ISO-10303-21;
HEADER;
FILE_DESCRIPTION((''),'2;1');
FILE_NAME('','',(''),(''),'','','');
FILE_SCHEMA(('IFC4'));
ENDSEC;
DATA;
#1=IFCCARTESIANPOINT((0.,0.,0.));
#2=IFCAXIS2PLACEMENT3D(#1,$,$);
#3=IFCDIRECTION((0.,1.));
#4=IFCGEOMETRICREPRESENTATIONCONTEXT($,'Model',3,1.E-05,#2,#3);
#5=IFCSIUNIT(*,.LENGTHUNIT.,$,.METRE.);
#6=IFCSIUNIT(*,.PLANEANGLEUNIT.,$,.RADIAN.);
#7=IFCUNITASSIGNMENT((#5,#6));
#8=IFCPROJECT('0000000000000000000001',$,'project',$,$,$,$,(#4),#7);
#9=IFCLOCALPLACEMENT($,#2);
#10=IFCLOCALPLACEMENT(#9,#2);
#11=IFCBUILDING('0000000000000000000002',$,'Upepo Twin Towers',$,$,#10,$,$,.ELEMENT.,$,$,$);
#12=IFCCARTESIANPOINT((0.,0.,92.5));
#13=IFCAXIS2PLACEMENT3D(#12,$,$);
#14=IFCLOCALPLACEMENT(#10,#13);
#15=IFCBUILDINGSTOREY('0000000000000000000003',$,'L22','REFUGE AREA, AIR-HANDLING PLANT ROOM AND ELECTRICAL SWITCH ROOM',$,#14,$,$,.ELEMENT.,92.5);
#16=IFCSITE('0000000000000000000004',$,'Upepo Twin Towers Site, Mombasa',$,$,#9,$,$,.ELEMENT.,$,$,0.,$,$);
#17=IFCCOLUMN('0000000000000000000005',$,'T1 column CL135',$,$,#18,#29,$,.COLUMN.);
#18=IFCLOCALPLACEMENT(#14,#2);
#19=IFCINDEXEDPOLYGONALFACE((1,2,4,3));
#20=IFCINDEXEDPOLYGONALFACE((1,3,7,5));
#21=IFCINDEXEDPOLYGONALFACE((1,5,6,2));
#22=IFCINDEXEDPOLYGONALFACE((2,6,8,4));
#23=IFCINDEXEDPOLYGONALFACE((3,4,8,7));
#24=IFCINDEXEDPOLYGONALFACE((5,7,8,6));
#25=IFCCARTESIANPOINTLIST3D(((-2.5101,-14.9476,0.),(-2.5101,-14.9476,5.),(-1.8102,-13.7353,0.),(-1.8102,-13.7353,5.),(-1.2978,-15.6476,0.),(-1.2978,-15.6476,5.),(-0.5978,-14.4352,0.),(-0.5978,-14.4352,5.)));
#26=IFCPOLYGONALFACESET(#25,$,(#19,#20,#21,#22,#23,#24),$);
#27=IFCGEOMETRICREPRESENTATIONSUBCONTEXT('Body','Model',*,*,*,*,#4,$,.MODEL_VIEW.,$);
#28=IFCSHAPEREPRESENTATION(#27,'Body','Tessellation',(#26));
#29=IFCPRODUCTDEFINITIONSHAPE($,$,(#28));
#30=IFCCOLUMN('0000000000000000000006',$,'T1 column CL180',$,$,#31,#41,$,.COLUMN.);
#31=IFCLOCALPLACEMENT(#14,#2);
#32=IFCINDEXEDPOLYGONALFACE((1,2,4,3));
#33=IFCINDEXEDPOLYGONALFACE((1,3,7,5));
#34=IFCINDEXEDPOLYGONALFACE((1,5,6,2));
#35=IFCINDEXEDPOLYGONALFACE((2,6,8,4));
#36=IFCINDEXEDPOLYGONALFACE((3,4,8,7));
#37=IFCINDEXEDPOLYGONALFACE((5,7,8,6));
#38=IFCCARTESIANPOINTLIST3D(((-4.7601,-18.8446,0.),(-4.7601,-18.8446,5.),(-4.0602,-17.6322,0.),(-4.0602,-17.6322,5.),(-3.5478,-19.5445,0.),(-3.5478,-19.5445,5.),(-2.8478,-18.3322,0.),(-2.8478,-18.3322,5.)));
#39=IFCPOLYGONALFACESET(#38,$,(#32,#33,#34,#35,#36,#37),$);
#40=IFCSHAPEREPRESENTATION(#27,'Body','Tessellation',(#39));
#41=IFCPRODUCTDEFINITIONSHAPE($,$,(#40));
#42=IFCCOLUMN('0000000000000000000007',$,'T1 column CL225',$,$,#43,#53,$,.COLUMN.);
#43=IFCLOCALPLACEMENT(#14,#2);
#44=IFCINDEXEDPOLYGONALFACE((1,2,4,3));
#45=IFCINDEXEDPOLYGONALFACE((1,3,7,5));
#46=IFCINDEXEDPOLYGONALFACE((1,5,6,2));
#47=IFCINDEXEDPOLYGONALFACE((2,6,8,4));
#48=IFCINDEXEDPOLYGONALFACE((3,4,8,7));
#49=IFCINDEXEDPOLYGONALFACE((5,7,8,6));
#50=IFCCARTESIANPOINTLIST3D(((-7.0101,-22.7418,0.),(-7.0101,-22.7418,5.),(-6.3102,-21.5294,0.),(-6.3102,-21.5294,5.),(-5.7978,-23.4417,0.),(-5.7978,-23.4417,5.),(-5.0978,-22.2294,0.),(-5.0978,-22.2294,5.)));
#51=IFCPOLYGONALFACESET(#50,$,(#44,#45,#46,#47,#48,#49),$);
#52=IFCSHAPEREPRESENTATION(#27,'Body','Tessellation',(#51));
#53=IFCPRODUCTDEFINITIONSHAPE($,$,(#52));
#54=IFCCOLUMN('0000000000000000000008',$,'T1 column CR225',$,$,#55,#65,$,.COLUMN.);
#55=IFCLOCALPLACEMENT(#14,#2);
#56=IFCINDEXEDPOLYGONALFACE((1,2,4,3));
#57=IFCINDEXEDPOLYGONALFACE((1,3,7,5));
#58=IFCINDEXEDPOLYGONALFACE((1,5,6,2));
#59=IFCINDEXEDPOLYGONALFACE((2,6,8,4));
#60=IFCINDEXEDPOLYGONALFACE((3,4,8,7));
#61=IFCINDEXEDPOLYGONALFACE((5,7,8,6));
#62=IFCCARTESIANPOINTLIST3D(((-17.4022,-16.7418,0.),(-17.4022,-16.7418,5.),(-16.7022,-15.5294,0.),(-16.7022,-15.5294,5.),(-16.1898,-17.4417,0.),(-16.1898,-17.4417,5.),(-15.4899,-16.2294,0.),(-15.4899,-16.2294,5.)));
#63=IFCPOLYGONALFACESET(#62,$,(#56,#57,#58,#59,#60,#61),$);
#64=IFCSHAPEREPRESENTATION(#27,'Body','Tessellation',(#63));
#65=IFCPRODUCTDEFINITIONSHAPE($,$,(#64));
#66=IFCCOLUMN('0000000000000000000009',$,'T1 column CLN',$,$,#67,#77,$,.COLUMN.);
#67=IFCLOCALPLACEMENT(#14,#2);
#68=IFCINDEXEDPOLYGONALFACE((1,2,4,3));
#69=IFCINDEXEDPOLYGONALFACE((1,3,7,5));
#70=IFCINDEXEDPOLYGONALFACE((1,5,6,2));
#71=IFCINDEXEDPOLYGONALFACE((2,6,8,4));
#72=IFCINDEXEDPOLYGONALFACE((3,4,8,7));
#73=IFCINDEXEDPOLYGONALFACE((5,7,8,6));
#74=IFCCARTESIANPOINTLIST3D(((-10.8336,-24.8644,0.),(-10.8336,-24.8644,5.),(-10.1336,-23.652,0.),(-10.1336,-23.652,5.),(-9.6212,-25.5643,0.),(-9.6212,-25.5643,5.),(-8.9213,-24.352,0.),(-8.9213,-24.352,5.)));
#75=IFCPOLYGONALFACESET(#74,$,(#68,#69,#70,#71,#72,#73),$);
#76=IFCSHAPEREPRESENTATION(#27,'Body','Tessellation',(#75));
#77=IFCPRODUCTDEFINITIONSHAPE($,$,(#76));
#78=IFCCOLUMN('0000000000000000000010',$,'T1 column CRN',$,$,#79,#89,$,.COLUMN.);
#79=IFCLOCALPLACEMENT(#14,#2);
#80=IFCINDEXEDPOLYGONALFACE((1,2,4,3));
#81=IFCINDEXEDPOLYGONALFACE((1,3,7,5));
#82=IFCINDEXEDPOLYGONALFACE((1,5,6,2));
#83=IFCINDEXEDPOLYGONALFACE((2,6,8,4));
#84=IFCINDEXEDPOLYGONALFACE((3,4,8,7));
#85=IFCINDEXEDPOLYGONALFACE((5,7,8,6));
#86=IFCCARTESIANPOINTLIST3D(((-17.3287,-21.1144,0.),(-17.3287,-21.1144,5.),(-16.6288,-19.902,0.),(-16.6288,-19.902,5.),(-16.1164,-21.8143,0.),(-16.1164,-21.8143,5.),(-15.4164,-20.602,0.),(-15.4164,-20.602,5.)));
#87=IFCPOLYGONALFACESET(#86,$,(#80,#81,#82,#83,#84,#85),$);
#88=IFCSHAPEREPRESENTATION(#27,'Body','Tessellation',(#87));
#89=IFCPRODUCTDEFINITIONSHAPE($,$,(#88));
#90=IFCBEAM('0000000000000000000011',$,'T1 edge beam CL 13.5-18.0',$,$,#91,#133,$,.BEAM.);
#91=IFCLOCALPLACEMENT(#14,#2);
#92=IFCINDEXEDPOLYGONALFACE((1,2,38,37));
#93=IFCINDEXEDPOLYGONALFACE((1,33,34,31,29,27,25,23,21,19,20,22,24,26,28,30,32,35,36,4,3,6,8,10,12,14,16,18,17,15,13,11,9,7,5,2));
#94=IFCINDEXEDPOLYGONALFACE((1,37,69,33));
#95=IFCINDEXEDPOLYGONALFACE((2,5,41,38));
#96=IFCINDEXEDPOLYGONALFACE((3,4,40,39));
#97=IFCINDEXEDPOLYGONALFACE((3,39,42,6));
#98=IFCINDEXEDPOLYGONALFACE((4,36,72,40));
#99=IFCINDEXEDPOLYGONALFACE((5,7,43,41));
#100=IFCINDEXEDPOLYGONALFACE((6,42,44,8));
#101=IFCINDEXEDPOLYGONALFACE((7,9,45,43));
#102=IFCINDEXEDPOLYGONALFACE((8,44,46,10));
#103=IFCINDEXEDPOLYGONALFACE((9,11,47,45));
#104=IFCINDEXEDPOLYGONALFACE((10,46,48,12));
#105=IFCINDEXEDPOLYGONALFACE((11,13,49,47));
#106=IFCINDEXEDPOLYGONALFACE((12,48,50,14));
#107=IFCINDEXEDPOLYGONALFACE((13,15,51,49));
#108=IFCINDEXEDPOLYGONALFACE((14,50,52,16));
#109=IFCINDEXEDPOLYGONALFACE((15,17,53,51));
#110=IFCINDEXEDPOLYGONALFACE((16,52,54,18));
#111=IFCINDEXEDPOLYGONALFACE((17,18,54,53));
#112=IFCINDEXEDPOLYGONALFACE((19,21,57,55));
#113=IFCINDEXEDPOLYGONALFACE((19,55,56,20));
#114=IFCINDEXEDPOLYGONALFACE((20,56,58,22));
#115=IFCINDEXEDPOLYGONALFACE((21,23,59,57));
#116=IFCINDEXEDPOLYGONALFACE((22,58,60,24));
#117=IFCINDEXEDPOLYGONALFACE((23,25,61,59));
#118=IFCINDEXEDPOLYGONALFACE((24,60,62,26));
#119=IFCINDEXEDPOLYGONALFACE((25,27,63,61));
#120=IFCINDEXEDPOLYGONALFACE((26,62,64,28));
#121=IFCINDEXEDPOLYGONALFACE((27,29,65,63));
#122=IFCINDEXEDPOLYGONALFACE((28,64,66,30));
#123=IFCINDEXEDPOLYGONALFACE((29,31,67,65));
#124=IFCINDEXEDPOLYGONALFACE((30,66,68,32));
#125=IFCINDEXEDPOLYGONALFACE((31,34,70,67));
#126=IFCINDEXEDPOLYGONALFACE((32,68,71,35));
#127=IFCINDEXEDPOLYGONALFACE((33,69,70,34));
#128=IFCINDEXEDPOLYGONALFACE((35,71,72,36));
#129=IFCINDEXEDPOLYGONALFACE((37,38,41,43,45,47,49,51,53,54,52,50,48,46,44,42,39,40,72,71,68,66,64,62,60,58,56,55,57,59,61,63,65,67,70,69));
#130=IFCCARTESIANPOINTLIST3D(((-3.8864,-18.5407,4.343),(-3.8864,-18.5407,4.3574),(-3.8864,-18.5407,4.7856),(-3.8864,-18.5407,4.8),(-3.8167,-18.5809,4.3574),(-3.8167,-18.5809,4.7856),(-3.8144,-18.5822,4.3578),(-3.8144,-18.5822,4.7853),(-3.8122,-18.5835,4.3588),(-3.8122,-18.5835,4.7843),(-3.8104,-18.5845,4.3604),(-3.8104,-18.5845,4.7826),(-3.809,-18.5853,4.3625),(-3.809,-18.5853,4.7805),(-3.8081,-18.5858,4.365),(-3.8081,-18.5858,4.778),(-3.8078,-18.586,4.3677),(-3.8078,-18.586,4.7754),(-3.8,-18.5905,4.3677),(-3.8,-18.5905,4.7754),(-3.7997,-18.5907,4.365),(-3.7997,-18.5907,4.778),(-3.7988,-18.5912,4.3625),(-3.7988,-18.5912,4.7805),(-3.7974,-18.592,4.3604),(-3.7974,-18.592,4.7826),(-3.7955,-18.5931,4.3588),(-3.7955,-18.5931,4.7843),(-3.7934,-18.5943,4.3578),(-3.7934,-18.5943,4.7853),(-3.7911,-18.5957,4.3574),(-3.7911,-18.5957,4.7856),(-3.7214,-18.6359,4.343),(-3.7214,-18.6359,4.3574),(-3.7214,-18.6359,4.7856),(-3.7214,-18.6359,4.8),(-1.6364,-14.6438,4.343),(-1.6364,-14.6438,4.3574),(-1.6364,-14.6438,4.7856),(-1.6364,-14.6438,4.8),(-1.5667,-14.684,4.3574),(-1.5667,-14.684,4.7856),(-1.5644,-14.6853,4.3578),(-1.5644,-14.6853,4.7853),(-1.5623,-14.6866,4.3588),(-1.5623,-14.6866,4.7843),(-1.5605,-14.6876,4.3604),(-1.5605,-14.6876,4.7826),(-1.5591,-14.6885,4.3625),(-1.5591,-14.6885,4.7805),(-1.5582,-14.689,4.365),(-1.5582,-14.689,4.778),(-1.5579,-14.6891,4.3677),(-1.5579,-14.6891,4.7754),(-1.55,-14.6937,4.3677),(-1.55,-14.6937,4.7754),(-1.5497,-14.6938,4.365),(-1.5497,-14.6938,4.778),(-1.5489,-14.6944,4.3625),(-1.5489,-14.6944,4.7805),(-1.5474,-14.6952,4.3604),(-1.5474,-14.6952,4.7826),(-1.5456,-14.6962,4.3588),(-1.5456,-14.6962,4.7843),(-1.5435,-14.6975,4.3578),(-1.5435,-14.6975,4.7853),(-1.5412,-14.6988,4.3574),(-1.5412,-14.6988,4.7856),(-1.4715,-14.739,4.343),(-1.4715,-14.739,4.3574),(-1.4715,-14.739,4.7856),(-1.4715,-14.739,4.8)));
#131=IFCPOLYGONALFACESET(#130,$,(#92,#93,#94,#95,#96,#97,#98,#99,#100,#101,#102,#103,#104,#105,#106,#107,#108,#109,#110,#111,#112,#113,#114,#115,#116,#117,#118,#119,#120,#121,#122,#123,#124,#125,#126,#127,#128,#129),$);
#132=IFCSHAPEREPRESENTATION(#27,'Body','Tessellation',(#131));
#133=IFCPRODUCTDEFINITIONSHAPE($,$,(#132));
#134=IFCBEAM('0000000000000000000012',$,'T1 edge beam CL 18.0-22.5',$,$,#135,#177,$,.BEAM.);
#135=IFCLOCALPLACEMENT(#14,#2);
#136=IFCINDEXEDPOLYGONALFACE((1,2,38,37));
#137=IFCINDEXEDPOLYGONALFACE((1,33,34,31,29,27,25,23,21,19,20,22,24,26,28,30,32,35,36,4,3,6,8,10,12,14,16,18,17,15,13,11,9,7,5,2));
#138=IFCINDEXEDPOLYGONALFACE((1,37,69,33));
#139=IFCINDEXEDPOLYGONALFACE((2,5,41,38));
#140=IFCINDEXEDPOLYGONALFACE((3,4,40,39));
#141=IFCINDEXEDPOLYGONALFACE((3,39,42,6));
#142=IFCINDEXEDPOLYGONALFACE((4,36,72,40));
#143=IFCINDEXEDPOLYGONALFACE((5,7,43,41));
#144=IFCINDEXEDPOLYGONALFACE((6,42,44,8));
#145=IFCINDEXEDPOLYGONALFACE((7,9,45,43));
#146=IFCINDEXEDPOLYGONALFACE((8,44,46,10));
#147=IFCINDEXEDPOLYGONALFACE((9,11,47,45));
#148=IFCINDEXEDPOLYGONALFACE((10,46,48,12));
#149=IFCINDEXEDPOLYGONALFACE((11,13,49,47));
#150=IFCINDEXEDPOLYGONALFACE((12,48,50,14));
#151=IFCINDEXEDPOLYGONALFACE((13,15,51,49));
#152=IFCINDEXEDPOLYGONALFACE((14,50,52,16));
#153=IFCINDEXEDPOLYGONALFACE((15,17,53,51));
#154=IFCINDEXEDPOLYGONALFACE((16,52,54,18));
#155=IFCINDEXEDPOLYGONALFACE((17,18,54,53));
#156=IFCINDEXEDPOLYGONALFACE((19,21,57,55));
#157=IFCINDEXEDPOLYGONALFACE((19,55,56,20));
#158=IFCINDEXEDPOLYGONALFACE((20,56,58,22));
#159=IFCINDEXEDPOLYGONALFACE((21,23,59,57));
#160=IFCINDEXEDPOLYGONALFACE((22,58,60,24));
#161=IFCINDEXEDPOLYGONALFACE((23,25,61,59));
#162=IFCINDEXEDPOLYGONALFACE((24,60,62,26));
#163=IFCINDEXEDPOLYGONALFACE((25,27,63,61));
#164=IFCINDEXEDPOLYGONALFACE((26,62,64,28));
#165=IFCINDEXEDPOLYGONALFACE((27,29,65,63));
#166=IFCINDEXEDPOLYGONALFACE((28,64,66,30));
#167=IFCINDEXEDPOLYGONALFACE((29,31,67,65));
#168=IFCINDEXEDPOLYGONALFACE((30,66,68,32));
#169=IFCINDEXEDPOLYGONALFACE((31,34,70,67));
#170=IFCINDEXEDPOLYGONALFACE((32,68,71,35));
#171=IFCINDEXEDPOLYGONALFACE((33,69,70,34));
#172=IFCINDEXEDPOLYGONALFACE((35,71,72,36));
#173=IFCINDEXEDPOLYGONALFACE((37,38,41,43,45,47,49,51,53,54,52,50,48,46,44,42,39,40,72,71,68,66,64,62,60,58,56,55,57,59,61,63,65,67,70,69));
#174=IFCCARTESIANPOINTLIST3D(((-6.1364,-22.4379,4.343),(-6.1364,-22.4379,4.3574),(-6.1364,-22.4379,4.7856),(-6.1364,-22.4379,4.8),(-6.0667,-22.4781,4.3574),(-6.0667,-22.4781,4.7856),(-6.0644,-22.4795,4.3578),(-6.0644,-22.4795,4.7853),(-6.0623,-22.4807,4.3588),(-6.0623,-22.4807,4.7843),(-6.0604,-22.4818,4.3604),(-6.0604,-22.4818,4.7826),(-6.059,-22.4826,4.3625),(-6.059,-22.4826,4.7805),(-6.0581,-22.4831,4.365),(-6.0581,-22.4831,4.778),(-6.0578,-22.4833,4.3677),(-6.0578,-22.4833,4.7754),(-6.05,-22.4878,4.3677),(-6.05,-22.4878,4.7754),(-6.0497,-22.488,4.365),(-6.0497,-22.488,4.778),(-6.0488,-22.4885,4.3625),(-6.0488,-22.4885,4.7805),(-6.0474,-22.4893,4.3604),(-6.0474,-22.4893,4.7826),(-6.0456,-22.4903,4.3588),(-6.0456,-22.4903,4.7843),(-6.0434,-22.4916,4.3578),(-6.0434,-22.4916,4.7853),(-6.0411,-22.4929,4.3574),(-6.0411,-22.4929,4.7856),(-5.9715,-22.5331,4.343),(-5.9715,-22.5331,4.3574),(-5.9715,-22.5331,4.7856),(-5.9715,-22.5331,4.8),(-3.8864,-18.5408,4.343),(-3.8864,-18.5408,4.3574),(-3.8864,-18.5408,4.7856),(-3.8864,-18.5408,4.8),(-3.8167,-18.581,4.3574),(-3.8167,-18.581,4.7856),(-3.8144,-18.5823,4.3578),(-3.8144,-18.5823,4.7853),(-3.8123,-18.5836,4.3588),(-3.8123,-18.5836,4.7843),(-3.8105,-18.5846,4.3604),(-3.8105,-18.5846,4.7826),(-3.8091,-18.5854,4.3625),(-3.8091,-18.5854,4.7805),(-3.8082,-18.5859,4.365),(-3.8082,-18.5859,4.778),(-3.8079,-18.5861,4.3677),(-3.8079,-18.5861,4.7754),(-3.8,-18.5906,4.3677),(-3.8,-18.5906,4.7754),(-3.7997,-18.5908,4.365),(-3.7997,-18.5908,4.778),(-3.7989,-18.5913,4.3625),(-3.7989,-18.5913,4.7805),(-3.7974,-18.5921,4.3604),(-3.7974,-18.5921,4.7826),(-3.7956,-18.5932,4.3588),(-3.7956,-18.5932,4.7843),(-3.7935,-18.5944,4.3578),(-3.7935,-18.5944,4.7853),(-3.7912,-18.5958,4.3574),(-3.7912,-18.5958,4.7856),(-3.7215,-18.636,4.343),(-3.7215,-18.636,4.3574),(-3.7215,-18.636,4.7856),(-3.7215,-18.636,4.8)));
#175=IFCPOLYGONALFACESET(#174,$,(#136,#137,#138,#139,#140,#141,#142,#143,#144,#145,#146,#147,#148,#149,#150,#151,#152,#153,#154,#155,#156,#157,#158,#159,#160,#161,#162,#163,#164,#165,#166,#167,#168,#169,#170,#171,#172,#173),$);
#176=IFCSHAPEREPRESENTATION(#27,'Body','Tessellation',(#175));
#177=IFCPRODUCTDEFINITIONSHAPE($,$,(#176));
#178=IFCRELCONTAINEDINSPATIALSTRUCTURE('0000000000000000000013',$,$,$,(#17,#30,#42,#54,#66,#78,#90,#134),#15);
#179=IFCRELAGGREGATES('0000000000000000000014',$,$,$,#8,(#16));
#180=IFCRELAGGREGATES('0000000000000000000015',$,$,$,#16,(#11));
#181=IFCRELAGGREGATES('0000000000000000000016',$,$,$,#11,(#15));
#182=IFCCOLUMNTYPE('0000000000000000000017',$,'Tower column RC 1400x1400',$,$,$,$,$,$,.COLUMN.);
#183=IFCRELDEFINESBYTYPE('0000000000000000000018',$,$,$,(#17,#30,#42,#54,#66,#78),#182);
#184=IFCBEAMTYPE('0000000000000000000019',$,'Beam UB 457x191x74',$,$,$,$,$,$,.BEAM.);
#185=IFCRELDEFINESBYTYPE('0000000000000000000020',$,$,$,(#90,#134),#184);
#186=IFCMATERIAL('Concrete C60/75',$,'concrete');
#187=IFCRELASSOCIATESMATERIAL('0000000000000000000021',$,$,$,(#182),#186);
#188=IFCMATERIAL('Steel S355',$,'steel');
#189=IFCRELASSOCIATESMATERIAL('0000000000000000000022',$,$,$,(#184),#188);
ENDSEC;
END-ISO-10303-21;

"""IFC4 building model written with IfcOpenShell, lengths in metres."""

from ifc_helpers import new_model, si_unit, direction, frame, origin, origin_2d, place, context, subcontext, project, spatial, rectangle, i_section, extrude, material, material_profile, profile_set, type_object, element, save


model = new_model("IFC4")

# Units and contexts
model_context = context("Model", 3, precision=1e-05, world=origin(), true_north=direction((0.0, 1.0)))
body_context = subcontext(model_context, "Body", "Model", "MODEL_VIEW")
ifc_project = project(units=[si_unit("LENGTHUNIT", "METRE"), si_unit("PLANEANGLEUNIT", "RADIAN")], contexts=[model_context])

# Site, building, storey
site_placement = place(None, origin())
site = spatial("IfcSite", under=ifc_project, at=site_placement, Name="Upepo Twin Towers Site, Mombasa", CompositionType="ELEMENT", RefElevation=0.0)
building_placement = place(site_placement, origin())
building = spatial("IfcBuilding", under=site, at=building_placement, Name="Upepo Twin Towers", CompositionType="ELEMENT")
storey_placement = place(building_placement, frame((0.0, 0.0, 92.5)))
storey = spatial("IfcBuildingStorey", under=building, at=storey_placement, Name="L22", Description="REFUGE AREA, AIR-HANDLING PLANT ROOM AND ELECTRICAL SWITCH ROOM", CompositionType="ELEMENT", Elevation=92.5)

# Columns
ifc_material_1 = material(Name="Concrete C60/75", Category="concrete")
ifc_material_profile_1 = material_profile(ifc_material_1, rectangle(XDim=1.3999, YDim=1.3999, at=origin_2d()), Name="RC 1400x1400")
ifc_profile_set_1 = profile_set([ifc_material_profile_1], Name="Concrete C60/75")
column_type = type_object("IfcColumnType", Name="Tower column RC 1400x1400", PredefinedType="COLUMN", material=ifc_profile_set_1)
for number, where, z_axis, x_axis, name in (
    (1, (-1.554, -14.6914, 0.0), (0.0, 0.0, 1.0), (0.5, 0.866025, 0.0), "T1 column CL135"),
    (2, (-3.804, -18.5884, 0.0), (0.0, 0.0, 1.0), (0.5, 0.866025, 0.0), "T1 column CL180"),
    (3, (-6.054, -22.4856, 0.0), (0.0, 0.0, 1.0), (0.5, 0.866025, 0.0), "T1 column CL225"),
    (4, (-16.446, -16.4856, 0.0), (0.0, 0.0, 1.0), (0.5, 0.866025, 0.0), "T1 column CR225"),
    (5, (-9.8774, -24.6082, 0.0), (0.0, 0.0, 1.0), (0.5, 0.866025, 0.0), "T1 column CLN"),
    (6, (-16.3726, -20.8582, 0.0), (0.0, 0.0, 1.0), (0.5, 0.866025, 0.0), "T1 column CRN"),
):
    element("IfcColumn", number, at=place(storey_placement, frame(where, z_axis=z_axis, x_axis=x_axis)), inside=storey, type_object=column_type, Name=name, PredefinedType="COLUMN", context=body_context, shape_type="SweptSolid", body=[
        extrude(rectangle(XDim=1.3999, YDim=1.3999, at=origin_2d()), origin(), (0.0, 0.0, 1.0), 5.0),
    ])

# Beams
ifc_material_2 = material(Name="Steel S355", Category="steel")
ifc_material_profile_2 = material_profile(ifc_material_2, i_section(OverallWidth=0.1904, OverallDepth=0.457, WebThickness=0.009, FlangeThickness=0.0144, FilletRadius=0.0103, at=origin_2d()), Name="UB 457x191x74")
ifc_profile_set_2 = profile_set([ifc_material_profile_2], Name="Steel S355")
beam_type_1 = type_object("IfcBeamType", Name="Beam UB 457x191x74", PredefinedType="BEAM", material=ifc_profile_set_2)
beam_1_placement = place(storey_placement, frame((-1.554, -14.6914, 4.5715), z_axis=(-0.500014, -0.866018, 0.0), x_axis=(0.866018, -0.500014, 0.0)))
element("IfcBeam", 7, at=beam_1_placement, inside=storey, type_object=beam_type_1, Name="T1 edge beam CL 13.5-18.0", PredefinedType="BEAM", context=body_context, shape_type="SweptSolid", body=[
    extrude(i_section(OverallWidth=0.1904, OverallDepth=0.457, WebThickness=0.009, FlangeThickness=0.0144, FilletRadius=0.0103, at=origin_2d()), origin(), (0.0, 0.0, 1.0), 4.4998),
])
beam_2_placement = place(storey_placement, frame((-3.804, -18.5884, 4.5715), z_axis=(-0.49999, -0.866031, 0.0), x_axis=(0.866031, -0.49999, 0.0)))
element("IfcBeam", 8, at=beam_2_placement, inside=storey, type_object=beam_type_1, Name="T1 edge beam CL 18.0-22.5", PredefinedType="BEAM", context=body_context, shape_type="SweptSolid", body=[
    extrude(i_section(OverallWidth=0.1904, OverallDepth=0.457, WebThickness=0.009, FlangeThickness=0.0144, FilletRadius=0.0103, at=origin_2d()), origin(), (0.0, 0.0, 1.0), 4.5),
])

save(model, "model.ifc")
